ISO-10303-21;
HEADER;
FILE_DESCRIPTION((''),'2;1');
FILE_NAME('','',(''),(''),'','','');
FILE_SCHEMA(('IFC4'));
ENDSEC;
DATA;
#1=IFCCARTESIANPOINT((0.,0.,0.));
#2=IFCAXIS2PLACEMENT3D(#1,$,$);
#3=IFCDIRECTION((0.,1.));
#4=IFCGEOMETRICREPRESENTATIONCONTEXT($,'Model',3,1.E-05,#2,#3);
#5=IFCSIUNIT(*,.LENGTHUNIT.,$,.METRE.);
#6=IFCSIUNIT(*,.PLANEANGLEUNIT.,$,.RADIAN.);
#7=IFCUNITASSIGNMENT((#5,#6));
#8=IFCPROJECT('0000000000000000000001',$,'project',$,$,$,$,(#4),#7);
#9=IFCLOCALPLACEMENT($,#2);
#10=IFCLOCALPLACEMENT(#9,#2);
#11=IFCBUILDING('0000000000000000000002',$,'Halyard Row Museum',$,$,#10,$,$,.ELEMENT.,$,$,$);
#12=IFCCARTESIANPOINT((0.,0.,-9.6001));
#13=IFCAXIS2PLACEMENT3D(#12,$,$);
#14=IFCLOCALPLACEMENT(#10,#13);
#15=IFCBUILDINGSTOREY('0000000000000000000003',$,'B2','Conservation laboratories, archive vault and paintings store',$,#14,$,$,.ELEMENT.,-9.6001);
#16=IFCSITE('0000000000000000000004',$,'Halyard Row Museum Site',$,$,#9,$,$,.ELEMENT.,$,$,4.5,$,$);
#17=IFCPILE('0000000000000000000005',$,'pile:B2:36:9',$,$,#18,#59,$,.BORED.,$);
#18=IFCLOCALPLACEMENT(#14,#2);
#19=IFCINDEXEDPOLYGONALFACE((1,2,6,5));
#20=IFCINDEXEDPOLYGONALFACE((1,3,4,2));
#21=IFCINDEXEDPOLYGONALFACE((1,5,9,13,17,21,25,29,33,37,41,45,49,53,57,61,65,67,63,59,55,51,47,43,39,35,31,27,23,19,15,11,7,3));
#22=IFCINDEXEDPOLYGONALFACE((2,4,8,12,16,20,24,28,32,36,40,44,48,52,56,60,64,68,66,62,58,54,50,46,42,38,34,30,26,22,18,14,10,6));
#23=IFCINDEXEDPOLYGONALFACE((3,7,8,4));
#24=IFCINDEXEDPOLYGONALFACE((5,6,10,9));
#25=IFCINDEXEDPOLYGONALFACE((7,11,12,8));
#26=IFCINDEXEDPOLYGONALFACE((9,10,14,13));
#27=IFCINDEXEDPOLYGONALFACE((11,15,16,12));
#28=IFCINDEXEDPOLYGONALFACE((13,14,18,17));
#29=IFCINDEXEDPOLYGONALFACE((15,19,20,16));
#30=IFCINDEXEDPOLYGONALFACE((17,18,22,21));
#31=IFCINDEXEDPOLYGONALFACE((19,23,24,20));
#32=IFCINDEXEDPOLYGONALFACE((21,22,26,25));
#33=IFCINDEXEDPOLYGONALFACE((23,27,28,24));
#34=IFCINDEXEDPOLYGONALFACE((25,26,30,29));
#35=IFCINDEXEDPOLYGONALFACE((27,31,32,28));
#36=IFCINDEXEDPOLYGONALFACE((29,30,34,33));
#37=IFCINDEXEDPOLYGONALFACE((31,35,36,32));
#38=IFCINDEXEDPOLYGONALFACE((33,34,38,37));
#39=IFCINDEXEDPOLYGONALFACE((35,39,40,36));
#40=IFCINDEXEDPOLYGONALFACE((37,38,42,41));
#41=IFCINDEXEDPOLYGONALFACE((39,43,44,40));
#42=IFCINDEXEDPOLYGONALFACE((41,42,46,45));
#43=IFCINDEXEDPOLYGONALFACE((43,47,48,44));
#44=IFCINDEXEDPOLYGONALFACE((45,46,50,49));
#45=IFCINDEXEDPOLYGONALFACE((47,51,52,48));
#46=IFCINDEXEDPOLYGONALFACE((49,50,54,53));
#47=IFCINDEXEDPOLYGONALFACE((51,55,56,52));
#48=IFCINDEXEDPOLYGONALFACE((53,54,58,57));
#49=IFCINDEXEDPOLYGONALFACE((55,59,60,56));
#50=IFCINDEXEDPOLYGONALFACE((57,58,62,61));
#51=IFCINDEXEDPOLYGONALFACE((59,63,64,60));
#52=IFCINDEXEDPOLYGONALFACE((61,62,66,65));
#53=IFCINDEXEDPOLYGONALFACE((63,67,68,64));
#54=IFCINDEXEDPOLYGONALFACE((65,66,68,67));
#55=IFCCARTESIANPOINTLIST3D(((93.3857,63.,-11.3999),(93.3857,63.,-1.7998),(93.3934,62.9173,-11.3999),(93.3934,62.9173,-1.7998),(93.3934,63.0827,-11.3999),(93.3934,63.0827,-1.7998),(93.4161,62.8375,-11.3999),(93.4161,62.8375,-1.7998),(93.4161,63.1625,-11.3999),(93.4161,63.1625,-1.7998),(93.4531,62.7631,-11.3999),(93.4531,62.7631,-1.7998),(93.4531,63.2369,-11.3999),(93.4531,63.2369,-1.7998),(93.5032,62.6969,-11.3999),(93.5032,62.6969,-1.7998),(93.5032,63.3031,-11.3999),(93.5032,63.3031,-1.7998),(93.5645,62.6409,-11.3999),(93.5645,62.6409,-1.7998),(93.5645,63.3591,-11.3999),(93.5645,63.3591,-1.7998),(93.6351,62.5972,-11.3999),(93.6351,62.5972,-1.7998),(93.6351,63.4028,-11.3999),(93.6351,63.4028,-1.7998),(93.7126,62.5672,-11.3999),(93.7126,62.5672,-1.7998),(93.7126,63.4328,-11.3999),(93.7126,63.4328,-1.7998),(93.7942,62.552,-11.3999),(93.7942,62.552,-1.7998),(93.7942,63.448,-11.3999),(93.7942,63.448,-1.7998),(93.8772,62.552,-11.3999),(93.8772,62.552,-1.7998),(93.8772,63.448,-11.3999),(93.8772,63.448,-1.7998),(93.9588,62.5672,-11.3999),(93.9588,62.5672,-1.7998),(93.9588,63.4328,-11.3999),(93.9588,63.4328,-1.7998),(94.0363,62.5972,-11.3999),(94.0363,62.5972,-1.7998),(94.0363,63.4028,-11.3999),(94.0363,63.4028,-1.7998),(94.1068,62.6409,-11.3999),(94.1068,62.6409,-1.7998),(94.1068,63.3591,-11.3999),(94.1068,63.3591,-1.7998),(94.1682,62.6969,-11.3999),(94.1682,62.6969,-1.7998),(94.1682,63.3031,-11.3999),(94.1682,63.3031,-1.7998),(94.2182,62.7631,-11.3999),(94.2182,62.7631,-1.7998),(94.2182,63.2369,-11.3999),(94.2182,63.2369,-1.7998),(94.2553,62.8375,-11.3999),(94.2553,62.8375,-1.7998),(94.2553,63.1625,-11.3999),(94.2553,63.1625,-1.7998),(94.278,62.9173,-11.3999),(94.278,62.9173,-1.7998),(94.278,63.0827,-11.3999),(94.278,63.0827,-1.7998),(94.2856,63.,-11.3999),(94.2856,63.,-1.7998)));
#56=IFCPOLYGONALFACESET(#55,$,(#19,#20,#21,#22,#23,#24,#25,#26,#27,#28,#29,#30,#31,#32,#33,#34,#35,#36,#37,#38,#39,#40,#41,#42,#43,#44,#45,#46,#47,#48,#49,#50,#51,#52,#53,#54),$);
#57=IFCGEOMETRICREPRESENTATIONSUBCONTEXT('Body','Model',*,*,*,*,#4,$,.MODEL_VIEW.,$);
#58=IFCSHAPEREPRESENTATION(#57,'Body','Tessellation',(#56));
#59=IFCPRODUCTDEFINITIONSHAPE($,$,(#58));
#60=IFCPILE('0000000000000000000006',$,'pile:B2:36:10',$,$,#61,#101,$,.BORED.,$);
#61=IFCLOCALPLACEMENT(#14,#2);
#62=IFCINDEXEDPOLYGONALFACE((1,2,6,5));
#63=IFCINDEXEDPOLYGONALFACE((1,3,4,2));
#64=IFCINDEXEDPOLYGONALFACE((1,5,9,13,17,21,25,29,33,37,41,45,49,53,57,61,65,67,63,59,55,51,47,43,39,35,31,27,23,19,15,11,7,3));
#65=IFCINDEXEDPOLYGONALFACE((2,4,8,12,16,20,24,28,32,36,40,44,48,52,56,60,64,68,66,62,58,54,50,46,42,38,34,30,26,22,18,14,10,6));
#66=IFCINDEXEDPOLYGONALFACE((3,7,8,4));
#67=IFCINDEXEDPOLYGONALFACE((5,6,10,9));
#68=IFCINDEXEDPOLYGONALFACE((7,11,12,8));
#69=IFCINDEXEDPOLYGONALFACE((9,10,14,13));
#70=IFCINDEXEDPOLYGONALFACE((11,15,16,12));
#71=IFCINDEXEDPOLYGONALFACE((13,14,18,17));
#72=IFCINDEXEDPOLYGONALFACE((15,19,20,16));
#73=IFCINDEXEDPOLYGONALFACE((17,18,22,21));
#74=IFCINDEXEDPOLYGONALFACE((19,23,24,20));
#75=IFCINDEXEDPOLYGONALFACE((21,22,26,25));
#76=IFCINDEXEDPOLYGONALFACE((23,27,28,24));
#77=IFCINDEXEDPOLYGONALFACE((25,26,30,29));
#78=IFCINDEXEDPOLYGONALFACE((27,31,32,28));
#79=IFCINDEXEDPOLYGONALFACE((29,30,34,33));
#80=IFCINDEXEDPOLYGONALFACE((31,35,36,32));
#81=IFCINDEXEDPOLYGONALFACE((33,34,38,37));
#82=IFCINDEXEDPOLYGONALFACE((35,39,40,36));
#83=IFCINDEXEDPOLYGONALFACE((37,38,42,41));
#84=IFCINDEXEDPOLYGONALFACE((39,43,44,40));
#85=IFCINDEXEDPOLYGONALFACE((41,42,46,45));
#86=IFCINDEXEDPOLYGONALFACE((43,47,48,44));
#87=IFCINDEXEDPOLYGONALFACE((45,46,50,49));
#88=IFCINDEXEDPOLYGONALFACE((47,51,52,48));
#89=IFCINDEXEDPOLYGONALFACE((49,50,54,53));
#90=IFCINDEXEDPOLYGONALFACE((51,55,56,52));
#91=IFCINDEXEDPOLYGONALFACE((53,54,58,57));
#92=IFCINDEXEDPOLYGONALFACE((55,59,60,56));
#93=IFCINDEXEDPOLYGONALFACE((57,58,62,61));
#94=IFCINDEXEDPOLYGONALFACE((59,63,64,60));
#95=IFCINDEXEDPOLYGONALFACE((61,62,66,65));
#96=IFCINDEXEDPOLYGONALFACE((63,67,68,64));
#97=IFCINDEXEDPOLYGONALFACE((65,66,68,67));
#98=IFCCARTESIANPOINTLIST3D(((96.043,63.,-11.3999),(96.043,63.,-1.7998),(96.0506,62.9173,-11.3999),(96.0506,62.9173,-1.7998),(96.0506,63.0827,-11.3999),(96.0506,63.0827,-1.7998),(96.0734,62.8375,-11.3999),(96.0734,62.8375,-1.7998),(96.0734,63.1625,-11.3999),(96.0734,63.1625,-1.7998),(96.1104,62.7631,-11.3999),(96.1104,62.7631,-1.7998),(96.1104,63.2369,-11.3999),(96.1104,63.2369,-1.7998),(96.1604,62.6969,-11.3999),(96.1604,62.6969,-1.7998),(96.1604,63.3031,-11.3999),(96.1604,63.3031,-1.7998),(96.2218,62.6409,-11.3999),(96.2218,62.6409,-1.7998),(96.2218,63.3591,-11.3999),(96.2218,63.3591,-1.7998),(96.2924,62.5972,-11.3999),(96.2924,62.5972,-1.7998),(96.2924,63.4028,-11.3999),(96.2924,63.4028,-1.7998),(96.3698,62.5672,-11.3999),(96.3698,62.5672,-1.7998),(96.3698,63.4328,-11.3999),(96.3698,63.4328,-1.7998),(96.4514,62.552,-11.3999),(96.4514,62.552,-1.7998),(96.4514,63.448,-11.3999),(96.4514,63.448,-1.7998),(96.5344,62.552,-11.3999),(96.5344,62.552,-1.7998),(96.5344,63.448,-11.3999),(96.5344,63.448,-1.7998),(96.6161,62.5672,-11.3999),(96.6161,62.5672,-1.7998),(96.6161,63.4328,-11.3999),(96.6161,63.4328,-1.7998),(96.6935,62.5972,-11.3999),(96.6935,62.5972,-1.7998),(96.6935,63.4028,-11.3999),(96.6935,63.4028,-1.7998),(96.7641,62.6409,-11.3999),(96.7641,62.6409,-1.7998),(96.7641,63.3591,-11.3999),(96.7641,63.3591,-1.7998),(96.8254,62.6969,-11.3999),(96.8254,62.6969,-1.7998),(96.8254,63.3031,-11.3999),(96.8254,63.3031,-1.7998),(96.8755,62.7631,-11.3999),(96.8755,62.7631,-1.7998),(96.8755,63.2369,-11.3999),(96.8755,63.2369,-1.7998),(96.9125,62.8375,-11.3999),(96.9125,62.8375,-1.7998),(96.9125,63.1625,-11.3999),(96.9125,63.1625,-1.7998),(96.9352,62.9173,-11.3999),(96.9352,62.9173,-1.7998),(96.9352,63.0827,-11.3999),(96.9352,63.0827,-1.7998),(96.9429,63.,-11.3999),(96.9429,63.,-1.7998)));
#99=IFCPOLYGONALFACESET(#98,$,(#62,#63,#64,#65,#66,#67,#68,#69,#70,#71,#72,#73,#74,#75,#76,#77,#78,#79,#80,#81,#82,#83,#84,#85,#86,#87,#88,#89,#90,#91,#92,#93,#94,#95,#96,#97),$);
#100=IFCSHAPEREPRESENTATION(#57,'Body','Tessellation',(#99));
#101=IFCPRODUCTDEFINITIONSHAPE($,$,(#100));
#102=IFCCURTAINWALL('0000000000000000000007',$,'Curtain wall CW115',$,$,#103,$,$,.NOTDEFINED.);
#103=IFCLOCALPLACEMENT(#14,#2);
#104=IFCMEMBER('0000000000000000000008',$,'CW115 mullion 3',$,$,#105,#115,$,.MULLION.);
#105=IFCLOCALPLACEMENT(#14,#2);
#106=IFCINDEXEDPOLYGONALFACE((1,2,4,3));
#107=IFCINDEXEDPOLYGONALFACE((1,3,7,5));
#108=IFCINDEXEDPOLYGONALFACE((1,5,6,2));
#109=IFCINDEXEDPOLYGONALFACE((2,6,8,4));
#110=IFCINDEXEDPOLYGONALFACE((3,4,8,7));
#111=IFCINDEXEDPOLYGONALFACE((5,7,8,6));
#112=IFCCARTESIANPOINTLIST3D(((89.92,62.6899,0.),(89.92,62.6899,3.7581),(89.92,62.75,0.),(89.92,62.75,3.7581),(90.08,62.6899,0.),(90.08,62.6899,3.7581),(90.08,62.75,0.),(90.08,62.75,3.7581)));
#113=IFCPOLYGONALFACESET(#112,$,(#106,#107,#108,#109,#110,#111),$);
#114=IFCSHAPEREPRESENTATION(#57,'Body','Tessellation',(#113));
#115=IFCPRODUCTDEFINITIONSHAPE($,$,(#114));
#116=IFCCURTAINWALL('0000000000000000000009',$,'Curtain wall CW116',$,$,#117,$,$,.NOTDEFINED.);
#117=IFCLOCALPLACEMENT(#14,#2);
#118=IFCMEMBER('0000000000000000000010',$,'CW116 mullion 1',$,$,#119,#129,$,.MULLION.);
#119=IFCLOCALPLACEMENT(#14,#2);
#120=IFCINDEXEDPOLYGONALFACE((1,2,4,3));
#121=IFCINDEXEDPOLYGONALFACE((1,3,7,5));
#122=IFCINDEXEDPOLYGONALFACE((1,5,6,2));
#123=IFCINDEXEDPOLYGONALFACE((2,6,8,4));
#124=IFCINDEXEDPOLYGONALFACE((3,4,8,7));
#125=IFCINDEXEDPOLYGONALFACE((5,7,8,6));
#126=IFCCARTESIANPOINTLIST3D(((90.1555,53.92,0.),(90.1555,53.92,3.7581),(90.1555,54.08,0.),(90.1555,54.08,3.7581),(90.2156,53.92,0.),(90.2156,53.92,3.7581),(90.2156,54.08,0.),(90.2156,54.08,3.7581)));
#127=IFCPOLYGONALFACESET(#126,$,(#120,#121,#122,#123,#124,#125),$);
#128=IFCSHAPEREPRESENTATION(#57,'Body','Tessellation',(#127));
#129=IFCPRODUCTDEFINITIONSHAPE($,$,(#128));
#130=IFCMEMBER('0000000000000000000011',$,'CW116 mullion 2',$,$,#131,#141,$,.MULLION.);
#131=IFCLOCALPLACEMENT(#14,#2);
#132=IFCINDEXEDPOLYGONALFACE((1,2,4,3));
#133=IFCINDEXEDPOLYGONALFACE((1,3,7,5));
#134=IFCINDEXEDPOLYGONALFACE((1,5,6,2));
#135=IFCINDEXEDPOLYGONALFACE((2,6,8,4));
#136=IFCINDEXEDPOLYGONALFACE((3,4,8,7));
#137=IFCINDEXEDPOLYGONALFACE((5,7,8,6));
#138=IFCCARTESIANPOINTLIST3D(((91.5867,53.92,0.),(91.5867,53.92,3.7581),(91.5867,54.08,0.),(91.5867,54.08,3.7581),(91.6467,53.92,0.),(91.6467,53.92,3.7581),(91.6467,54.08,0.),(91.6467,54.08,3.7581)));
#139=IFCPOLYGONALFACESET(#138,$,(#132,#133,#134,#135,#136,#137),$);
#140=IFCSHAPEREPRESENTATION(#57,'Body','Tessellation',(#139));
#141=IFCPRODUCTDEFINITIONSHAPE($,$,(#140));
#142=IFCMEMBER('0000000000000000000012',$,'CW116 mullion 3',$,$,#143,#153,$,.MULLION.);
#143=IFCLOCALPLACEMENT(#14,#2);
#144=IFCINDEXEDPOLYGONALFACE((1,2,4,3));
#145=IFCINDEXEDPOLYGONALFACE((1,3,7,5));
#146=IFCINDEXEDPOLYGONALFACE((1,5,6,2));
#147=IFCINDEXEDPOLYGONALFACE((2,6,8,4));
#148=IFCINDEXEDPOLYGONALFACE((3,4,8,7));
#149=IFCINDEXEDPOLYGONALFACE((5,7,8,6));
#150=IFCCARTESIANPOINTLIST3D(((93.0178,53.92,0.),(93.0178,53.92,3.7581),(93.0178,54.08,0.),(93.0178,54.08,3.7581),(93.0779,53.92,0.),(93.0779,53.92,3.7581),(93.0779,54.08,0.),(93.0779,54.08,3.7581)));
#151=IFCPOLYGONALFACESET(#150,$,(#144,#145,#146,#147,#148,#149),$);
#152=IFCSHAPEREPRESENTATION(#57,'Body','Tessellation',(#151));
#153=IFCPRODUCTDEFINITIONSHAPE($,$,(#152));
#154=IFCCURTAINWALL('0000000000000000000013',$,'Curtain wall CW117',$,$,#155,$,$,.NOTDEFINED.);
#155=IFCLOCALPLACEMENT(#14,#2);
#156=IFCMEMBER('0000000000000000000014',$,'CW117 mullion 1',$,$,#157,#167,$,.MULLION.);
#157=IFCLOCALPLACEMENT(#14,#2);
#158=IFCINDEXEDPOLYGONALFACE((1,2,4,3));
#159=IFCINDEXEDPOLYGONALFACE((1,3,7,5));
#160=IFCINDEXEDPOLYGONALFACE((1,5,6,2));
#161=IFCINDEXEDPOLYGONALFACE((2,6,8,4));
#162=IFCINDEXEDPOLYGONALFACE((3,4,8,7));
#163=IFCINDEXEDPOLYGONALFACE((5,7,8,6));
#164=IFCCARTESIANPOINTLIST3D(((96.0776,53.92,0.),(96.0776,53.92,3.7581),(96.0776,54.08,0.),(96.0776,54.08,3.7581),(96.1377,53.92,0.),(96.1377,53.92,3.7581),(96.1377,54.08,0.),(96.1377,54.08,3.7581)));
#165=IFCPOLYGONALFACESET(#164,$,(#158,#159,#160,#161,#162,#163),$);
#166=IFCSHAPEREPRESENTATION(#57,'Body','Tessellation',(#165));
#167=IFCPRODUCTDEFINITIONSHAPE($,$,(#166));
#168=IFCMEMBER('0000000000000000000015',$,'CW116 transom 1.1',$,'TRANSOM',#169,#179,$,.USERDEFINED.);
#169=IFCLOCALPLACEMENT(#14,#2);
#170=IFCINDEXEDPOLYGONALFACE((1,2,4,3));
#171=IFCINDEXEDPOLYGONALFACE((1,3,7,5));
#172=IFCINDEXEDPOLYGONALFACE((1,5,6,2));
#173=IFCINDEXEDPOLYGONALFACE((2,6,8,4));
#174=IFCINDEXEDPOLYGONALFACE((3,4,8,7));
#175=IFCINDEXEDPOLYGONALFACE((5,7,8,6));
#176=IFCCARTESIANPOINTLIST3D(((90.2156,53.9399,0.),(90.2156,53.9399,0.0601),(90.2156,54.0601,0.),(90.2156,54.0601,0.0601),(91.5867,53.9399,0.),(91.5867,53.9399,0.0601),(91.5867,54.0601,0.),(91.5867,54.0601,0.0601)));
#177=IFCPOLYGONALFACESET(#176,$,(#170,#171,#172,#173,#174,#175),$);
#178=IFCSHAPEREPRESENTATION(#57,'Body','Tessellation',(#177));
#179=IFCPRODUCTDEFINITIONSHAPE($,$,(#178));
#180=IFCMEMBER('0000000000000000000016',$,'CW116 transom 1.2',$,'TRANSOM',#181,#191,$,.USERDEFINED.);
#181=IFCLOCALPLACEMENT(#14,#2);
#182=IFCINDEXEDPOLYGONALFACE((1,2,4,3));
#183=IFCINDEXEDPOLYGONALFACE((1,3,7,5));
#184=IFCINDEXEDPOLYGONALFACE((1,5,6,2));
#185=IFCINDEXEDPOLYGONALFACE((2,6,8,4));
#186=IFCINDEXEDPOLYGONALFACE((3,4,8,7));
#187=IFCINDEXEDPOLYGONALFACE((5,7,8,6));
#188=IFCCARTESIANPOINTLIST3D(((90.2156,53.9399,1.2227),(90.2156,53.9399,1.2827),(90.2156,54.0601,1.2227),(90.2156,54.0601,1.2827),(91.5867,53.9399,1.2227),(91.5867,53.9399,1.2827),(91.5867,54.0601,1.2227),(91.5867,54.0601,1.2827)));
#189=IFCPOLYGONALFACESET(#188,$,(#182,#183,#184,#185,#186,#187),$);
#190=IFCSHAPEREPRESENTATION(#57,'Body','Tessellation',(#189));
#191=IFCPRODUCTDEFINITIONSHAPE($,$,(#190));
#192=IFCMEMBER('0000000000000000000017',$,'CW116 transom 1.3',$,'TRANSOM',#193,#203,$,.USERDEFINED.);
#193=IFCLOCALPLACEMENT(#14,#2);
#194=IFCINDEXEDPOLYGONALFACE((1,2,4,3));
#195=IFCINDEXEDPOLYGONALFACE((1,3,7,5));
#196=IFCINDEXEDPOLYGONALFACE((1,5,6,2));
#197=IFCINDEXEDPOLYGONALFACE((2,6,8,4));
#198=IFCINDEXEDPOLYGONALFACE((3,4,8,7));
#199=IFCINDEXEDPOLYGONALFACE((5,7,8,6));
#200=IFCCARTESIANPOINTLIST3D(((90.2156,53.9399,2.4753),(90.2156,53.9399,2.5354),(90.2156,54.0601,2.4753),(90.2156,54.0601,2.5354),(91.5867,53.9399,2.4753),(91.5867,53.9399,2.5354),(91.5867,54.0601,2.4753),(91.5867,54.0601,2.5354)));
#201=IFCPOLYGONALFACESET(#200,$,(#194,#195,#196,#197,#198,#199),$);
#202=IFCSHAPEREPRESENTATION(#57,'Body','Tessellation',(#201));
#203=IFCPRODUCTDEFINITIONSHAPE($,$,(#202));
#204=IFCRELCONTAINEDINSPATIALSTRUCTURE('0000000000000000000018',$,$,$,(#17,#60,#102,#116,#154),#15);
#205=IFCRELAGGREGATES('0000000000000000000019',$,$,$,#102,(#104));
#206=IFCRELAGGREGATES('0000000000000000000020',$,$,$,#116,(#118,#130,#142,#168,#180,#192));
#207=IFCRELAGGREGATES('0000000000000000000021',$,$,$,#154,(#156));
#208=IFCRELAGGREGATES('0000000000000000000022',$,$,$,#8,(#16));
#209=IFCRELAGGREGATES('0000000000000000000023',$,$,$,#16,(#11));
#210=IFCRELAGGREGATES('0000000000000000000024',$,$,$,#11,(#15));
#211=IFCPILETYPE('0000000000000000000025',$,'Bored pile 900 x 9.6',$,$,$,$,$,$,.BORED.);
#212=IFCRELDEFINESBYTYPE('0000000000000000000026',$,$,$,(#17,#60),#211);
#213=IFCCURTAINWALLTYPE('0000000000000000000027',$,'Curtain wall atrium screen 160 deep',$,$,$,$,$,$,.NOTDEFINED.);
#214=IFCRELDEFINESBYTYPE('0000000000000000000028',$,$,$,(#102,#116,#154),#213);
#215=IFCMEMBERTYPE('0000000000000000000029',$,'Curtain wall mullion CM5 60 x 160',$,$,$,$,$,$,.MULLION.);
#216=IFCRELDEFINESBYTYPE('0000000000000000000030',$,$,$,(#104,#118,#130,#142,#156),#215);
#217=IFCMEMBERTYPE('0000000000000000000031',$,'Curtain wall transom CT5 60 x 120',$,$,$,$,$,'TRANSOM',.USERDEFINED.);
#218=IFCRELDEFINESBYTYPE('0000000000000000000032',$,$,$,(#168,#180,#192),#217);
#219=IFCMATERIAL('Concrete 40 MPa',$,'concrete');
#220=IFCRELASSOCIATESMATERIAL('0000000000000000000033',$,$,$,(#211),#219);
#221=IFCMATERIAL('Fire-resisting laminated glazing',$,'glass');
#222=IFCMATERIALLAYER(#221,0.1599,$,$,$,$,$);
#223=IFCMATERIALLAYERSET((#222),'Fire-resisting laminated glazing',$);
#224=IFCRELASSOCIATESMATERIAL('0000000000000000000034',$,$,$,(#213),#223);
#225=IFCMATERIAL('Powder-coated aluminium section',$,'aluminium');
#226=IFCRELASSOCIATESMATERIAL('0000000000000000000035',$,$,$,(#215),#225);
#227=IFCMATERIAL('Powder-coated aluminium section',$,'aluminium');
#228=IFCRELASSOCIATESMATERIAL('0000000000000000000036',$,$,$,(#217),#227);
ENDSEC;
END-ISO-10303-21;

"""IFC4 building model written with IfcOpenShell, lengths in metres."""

from ifc_helpers import new_model, si_unit, direction, frame, origin, origin_2d, place, context, subcontext, project, spatial, rectangle, circle, extrude, material, layer, layer_set, material_profile, profile_set, type_object, element, aggregate, save


model = new_model("IFC4")

# Units and contexts
model_context = context("Model", 3, precision=1e-05, world=origin(), true_north=direction((0.0, 1.0)))
body_context = subcontext(model_context, "Body", "Model", "MODEL_VIEW")
ifc_project = project(units=[si_unit("LENGTHUNIT", "METRE"), si_unit("PLANEANGLEUNIT", "RADIAN")], contexts=[model_context])

# Site, building, storey
site_placement = place(None, origin())
site = spatial("IfcSite", under=ifc_project, at=site_placement, Name="Halyard Row Museum Site", CompositionType="ELEMENT", RefElevation=4.5)
building_placement = place(site_placement, origin())
building = spatial("IfcBuilding", under=site, at=building_placement, Name="Halyard Row Museum", CompositionType="ELEMENT")
storey_placement = place(building_placement, frame((0.0, 0.0, -9.6001)))
storey = spatial("IfcBuildingStorey", under=building, at=storey_placement, Name="B2", Description="Conservation laboratories, archive vault and paintings store", CompositionType="ELEMENT", Elevation=-9.6001)

# Piles
ifc_material_1 = material(Name="Concrete 40 MPa", Category="concrete")
ifc_material_profile_1 = material_profile(ifc_material_1, circle(Radius=0.45, at=origin_2d()), Name="Bored pile 900 x 9.6")
ifc_profile_set_1 = profile_set([ifc_material_profile_1], Name="Concrete 40 MPa")
pile_type_1 = type_object("IfcPileType", Name="Bored pile 900 x 9.6", PredefinedType="BORED", material=ifc_profile_set_1)
for number, where, z_axis, x_axis, name in (
    (1, (93.8357, 63.0, -1.7998), (0.0, 0.0, -1.0), (1.0, 0.0, 0.0), "pile:B2:36:9"),
    (2, (96.4929, 63.0, -1.7998), (0.0, 0.0, -1.0), (1.0, 0.0, 0.0), "pile:B2:36:10"),
):
    element("IfcPile", number, at=place(storey_placement, frame(where, z_axis=z_axis, x_axis=x_axis)), inside=storey, type_object=pile_type_1, Name=name, PredefinedType="BORED", context=body_context, shape_type="SweptSolid", body=[
        extrude(circle(Radius=0.45, at=origin_2d()), origin(), (0.0, 0.0, 1.0), 9.6001),
    ])

# Curtain wall, member
ifc_material_2 = material(Name="Fire-resisting laminated glazing", Category="glass")
ifc_layer_1 = layer(ifc_material_2, 0.1599)
ifc_layer_set_1 = layer_set([ifc_layer_1], Name="Fire-resisting laminated glazing")
curtain_wall_type = type_object("IfcCurtainWallType", Name="Curtain wall atrium screen 160 deep", PredefinedType="NOTDEFINED", material=ifc_layer_set_1)
curtain_wall_1_placement = place(storey_placement, origin())
curtain_wall_1 = element("IfcCurtainWall", 3, at=curtain_wall_1_placement, inside=storey, type_object=curtain_wall_type, Name="Curtain wall CW115", PredefinedType="NOTDEFINED")
ifc_material_3 = material(Name="Powder-coated aluminium section", Category="aluminium")
ifc_material_profile_2 = material_profile(ifc_material_3, rectangle(XDim=0.1599, YDim=0.0601, at=origin_2d()), Name="160x60 mullion")
ifc_profile_set_2 = profile_set([ifc_material_profile_2], Name="Powder-coated aluminium section")
member_type_1 = type_object("IfcMemberType", Name="Curtain wall mullion CM5 60 x 160", PredefinedType="MULLION", material=ifc_profile_set_2)
member_1_placement = place(storey_placement, frame((90.0, 62.72, 0.0), z_axis=(0.0, 0.0, 1.0), x_axis=(-1.0, 0.0, 0.0)))
member_1 = element("IfcMember", 4, at=member_1_placement, type_object=member_type_1, Name="CW115 mullion 3", PredefinedType="MULLION", context=body_context, shape_type="SweptSolid", body=[
    extrude(rectangle(XDim=0.1599, YDim=0.0601, at=origin_2d()), origin(), (0.0, 0.0, 1.0), 3.7581),
])

# Curtain wall, members
curtain_wall_2_placement = place(storey_placement, origin())
curtain_wall_2 = element("IfcCurtainWall", 5, at=curtain_wall_2_placement, inside=storey, type_object=curtain_wall_type, Name="Curtain wall CW116", PredefinedType="NOTDEFINED")
member_2_placement = place(storey_placement, frame((90.1855, 54.0, 0.0), z_axis=(0.0, 0.0, 1.0), x_axis=(0.0, 1.0, 0.0)))
member_2 = element("IfcMember", 6, at=member_2_placement, type_object=member_type_1, Name="CW116 mullion 1", PredefinedType="MULLION", context=body_context, shape_type="SweptSolid", body=[
    extrude(rectangle(XDim=0.1599, YDim=0.0601, at=origin_2d()), origin(), (0.0, 0.0, 1.0), 3.7581),
])
member_3_placement = place(storey_placement, frame((91.6167, 54.0, 0.0), z_axis=(0.0, 0.0, 1.0), x_axis=(0.0, 1.0, 0.0)))
member_3 = element("IfcMember", 7, at=member_3_placement, type_object=member_type_1, Name="CW116 mullion 2", PredefinedType="MULLION", context=body_context, shape_type="SweptSolid", body=[
    extrude(rectangle(XDim=0.1599, YDim=0.0601, at=origin_2d()), origin(), (0.0, 0.0, 1.0), 3.7581),
])
member_4_placement = place(storey_placement, frame((93.0479, 54.0, 0.0), z_axis=(0.0, 0.0, 1.0), x_axis=(0.0, 1.0, 0.0)))
member_4 = element("IfcMember", 8, at=member_4_placement, type_object=member_type_1, Name="CW116 mullion 3", PredefinedType="MULLION", context=body_context, shape_type="SweptSolid", body=[
    extrude(rectangle(XDim=0.1599, YDim=0.0601, at=origin_2d()), origin(), (0.0, 0.0, 1.0), 3.7581),
])

# Curtain wall, member
curtain_wall_3_placement = place(storey_placement, origin())
curtain_wall_3 = element("IfcCurtainWall", 9, at=curtain_wall_3_placement, inside=storey, type_object=curtain_wall_type, Name="Curtain wall CW117", PredefinedType="NOTDEFINED")
member_5_placement = place(storey_placement, frame((96.1077, 54.0, 0.0), z_axis=(0.0, 0.0, 1.0), x_axis=(0.0, 1.0, 0.0)))
member_5 = element("IfcMember", 10, at=member_5_placement, type_object=member_type_1, Name="CW117 mullion 1", PredefinedType="MULLION", context=body_context, shape_type="SweptSolid", body=[
    extrude(rectangle(XDim=0.1599, YDim=0.0601, at=origin_2d()), origin(), (0.0, 0.0, 1.0), 3.7581),
])

# Members
ifc_material_4 = material(Name="Powder-coated aluminium section", Category="aluminium")
ifc_material_profile_3 = material_profile(ifc_material_4, rectangle(XDim=0.1201, YDim=0.0601, at=origin_2d()), Name="120x60 transom")
ifc_profile_set_3 = profile_set([ifc_material_profile_3], Name="Powder-coated aluminium section")
member_type_2 = type_object("IfcMemberType", Name="Curtain wall transom CT5 60 x 120", ElementType="TRANSOM", PredefinedType="USERDEFINED", material=ifc_profile_set_3)
member_6_placement = place(storey_placement, frame((90.2156, 54.0, 0.03), z_axis=(1.0, 0.0, 0.0), x_axis=(0.0, 1.0, 0.0)))
member_6 = element("IfcMember", 11, at=member_6_placement, type_object=member_type_2, Name="CW116 transom 1.1", ObjectType="TRANSOM", PredefinedType="USERDEFINED", context=body_context, shape_type="SweptSolid", body=[
    extrude(rectangle(XDim=0.1201, YDim=0.0601, at=origin_2d()), origin(), (0.0, 0.0, 1.0), 1.3711),
])
member_7_placement = place(storey_placement, frame((90.2156, 54.0, 1.2527), z_axis=(1.0, 0.0, 0.0), x_axis=(0.0, 1.0, 0.0)))
member_7 = element("IfcMember", 12, at=member_7_placement, type_object=member_type_2, Name="CW116 transom 1.2", ObjectType="TRANSOM", PredefinedType="USERDEFINED", context=body_context, shape_type="SweptSolid", body=[
    extrude(rectangle(XDim=0.1201, YDim=0.0601, at=origin_2d()), origin(), (0.0, 0.0, 1.0), 1.3711),
])
member_8_placement = place(storey_placement, frame((90.2156, 54.0, 2.5054), z_axis=(1.0, 0.0, 0.0), x_axis=(0.0, 1.0, 0.0)))
member_8 = element("IfcMember", 13, at=member_8_placement, type_object=member_type_2, Name="CW116 transom 1.3", ObjectType="TRANSOM", PredefinedType="USERDEFINED", context=body_context, shape_type="SweptSolid", body=[
    extrude(rectangle(XDim=0.1201, YDim=0.0601, at=origin_2d()), origin(), (0.0, 0.0, 1.0), 1.3711),
])

aggregate(curtain_wall_1, [member_1])
aggregate(curtain_wall_2, [member_2, member_3, member_4, member_6, member_7, member_8])
aggregate(curtain_wall_3, [member_5])

save(model, "model.ifc")
